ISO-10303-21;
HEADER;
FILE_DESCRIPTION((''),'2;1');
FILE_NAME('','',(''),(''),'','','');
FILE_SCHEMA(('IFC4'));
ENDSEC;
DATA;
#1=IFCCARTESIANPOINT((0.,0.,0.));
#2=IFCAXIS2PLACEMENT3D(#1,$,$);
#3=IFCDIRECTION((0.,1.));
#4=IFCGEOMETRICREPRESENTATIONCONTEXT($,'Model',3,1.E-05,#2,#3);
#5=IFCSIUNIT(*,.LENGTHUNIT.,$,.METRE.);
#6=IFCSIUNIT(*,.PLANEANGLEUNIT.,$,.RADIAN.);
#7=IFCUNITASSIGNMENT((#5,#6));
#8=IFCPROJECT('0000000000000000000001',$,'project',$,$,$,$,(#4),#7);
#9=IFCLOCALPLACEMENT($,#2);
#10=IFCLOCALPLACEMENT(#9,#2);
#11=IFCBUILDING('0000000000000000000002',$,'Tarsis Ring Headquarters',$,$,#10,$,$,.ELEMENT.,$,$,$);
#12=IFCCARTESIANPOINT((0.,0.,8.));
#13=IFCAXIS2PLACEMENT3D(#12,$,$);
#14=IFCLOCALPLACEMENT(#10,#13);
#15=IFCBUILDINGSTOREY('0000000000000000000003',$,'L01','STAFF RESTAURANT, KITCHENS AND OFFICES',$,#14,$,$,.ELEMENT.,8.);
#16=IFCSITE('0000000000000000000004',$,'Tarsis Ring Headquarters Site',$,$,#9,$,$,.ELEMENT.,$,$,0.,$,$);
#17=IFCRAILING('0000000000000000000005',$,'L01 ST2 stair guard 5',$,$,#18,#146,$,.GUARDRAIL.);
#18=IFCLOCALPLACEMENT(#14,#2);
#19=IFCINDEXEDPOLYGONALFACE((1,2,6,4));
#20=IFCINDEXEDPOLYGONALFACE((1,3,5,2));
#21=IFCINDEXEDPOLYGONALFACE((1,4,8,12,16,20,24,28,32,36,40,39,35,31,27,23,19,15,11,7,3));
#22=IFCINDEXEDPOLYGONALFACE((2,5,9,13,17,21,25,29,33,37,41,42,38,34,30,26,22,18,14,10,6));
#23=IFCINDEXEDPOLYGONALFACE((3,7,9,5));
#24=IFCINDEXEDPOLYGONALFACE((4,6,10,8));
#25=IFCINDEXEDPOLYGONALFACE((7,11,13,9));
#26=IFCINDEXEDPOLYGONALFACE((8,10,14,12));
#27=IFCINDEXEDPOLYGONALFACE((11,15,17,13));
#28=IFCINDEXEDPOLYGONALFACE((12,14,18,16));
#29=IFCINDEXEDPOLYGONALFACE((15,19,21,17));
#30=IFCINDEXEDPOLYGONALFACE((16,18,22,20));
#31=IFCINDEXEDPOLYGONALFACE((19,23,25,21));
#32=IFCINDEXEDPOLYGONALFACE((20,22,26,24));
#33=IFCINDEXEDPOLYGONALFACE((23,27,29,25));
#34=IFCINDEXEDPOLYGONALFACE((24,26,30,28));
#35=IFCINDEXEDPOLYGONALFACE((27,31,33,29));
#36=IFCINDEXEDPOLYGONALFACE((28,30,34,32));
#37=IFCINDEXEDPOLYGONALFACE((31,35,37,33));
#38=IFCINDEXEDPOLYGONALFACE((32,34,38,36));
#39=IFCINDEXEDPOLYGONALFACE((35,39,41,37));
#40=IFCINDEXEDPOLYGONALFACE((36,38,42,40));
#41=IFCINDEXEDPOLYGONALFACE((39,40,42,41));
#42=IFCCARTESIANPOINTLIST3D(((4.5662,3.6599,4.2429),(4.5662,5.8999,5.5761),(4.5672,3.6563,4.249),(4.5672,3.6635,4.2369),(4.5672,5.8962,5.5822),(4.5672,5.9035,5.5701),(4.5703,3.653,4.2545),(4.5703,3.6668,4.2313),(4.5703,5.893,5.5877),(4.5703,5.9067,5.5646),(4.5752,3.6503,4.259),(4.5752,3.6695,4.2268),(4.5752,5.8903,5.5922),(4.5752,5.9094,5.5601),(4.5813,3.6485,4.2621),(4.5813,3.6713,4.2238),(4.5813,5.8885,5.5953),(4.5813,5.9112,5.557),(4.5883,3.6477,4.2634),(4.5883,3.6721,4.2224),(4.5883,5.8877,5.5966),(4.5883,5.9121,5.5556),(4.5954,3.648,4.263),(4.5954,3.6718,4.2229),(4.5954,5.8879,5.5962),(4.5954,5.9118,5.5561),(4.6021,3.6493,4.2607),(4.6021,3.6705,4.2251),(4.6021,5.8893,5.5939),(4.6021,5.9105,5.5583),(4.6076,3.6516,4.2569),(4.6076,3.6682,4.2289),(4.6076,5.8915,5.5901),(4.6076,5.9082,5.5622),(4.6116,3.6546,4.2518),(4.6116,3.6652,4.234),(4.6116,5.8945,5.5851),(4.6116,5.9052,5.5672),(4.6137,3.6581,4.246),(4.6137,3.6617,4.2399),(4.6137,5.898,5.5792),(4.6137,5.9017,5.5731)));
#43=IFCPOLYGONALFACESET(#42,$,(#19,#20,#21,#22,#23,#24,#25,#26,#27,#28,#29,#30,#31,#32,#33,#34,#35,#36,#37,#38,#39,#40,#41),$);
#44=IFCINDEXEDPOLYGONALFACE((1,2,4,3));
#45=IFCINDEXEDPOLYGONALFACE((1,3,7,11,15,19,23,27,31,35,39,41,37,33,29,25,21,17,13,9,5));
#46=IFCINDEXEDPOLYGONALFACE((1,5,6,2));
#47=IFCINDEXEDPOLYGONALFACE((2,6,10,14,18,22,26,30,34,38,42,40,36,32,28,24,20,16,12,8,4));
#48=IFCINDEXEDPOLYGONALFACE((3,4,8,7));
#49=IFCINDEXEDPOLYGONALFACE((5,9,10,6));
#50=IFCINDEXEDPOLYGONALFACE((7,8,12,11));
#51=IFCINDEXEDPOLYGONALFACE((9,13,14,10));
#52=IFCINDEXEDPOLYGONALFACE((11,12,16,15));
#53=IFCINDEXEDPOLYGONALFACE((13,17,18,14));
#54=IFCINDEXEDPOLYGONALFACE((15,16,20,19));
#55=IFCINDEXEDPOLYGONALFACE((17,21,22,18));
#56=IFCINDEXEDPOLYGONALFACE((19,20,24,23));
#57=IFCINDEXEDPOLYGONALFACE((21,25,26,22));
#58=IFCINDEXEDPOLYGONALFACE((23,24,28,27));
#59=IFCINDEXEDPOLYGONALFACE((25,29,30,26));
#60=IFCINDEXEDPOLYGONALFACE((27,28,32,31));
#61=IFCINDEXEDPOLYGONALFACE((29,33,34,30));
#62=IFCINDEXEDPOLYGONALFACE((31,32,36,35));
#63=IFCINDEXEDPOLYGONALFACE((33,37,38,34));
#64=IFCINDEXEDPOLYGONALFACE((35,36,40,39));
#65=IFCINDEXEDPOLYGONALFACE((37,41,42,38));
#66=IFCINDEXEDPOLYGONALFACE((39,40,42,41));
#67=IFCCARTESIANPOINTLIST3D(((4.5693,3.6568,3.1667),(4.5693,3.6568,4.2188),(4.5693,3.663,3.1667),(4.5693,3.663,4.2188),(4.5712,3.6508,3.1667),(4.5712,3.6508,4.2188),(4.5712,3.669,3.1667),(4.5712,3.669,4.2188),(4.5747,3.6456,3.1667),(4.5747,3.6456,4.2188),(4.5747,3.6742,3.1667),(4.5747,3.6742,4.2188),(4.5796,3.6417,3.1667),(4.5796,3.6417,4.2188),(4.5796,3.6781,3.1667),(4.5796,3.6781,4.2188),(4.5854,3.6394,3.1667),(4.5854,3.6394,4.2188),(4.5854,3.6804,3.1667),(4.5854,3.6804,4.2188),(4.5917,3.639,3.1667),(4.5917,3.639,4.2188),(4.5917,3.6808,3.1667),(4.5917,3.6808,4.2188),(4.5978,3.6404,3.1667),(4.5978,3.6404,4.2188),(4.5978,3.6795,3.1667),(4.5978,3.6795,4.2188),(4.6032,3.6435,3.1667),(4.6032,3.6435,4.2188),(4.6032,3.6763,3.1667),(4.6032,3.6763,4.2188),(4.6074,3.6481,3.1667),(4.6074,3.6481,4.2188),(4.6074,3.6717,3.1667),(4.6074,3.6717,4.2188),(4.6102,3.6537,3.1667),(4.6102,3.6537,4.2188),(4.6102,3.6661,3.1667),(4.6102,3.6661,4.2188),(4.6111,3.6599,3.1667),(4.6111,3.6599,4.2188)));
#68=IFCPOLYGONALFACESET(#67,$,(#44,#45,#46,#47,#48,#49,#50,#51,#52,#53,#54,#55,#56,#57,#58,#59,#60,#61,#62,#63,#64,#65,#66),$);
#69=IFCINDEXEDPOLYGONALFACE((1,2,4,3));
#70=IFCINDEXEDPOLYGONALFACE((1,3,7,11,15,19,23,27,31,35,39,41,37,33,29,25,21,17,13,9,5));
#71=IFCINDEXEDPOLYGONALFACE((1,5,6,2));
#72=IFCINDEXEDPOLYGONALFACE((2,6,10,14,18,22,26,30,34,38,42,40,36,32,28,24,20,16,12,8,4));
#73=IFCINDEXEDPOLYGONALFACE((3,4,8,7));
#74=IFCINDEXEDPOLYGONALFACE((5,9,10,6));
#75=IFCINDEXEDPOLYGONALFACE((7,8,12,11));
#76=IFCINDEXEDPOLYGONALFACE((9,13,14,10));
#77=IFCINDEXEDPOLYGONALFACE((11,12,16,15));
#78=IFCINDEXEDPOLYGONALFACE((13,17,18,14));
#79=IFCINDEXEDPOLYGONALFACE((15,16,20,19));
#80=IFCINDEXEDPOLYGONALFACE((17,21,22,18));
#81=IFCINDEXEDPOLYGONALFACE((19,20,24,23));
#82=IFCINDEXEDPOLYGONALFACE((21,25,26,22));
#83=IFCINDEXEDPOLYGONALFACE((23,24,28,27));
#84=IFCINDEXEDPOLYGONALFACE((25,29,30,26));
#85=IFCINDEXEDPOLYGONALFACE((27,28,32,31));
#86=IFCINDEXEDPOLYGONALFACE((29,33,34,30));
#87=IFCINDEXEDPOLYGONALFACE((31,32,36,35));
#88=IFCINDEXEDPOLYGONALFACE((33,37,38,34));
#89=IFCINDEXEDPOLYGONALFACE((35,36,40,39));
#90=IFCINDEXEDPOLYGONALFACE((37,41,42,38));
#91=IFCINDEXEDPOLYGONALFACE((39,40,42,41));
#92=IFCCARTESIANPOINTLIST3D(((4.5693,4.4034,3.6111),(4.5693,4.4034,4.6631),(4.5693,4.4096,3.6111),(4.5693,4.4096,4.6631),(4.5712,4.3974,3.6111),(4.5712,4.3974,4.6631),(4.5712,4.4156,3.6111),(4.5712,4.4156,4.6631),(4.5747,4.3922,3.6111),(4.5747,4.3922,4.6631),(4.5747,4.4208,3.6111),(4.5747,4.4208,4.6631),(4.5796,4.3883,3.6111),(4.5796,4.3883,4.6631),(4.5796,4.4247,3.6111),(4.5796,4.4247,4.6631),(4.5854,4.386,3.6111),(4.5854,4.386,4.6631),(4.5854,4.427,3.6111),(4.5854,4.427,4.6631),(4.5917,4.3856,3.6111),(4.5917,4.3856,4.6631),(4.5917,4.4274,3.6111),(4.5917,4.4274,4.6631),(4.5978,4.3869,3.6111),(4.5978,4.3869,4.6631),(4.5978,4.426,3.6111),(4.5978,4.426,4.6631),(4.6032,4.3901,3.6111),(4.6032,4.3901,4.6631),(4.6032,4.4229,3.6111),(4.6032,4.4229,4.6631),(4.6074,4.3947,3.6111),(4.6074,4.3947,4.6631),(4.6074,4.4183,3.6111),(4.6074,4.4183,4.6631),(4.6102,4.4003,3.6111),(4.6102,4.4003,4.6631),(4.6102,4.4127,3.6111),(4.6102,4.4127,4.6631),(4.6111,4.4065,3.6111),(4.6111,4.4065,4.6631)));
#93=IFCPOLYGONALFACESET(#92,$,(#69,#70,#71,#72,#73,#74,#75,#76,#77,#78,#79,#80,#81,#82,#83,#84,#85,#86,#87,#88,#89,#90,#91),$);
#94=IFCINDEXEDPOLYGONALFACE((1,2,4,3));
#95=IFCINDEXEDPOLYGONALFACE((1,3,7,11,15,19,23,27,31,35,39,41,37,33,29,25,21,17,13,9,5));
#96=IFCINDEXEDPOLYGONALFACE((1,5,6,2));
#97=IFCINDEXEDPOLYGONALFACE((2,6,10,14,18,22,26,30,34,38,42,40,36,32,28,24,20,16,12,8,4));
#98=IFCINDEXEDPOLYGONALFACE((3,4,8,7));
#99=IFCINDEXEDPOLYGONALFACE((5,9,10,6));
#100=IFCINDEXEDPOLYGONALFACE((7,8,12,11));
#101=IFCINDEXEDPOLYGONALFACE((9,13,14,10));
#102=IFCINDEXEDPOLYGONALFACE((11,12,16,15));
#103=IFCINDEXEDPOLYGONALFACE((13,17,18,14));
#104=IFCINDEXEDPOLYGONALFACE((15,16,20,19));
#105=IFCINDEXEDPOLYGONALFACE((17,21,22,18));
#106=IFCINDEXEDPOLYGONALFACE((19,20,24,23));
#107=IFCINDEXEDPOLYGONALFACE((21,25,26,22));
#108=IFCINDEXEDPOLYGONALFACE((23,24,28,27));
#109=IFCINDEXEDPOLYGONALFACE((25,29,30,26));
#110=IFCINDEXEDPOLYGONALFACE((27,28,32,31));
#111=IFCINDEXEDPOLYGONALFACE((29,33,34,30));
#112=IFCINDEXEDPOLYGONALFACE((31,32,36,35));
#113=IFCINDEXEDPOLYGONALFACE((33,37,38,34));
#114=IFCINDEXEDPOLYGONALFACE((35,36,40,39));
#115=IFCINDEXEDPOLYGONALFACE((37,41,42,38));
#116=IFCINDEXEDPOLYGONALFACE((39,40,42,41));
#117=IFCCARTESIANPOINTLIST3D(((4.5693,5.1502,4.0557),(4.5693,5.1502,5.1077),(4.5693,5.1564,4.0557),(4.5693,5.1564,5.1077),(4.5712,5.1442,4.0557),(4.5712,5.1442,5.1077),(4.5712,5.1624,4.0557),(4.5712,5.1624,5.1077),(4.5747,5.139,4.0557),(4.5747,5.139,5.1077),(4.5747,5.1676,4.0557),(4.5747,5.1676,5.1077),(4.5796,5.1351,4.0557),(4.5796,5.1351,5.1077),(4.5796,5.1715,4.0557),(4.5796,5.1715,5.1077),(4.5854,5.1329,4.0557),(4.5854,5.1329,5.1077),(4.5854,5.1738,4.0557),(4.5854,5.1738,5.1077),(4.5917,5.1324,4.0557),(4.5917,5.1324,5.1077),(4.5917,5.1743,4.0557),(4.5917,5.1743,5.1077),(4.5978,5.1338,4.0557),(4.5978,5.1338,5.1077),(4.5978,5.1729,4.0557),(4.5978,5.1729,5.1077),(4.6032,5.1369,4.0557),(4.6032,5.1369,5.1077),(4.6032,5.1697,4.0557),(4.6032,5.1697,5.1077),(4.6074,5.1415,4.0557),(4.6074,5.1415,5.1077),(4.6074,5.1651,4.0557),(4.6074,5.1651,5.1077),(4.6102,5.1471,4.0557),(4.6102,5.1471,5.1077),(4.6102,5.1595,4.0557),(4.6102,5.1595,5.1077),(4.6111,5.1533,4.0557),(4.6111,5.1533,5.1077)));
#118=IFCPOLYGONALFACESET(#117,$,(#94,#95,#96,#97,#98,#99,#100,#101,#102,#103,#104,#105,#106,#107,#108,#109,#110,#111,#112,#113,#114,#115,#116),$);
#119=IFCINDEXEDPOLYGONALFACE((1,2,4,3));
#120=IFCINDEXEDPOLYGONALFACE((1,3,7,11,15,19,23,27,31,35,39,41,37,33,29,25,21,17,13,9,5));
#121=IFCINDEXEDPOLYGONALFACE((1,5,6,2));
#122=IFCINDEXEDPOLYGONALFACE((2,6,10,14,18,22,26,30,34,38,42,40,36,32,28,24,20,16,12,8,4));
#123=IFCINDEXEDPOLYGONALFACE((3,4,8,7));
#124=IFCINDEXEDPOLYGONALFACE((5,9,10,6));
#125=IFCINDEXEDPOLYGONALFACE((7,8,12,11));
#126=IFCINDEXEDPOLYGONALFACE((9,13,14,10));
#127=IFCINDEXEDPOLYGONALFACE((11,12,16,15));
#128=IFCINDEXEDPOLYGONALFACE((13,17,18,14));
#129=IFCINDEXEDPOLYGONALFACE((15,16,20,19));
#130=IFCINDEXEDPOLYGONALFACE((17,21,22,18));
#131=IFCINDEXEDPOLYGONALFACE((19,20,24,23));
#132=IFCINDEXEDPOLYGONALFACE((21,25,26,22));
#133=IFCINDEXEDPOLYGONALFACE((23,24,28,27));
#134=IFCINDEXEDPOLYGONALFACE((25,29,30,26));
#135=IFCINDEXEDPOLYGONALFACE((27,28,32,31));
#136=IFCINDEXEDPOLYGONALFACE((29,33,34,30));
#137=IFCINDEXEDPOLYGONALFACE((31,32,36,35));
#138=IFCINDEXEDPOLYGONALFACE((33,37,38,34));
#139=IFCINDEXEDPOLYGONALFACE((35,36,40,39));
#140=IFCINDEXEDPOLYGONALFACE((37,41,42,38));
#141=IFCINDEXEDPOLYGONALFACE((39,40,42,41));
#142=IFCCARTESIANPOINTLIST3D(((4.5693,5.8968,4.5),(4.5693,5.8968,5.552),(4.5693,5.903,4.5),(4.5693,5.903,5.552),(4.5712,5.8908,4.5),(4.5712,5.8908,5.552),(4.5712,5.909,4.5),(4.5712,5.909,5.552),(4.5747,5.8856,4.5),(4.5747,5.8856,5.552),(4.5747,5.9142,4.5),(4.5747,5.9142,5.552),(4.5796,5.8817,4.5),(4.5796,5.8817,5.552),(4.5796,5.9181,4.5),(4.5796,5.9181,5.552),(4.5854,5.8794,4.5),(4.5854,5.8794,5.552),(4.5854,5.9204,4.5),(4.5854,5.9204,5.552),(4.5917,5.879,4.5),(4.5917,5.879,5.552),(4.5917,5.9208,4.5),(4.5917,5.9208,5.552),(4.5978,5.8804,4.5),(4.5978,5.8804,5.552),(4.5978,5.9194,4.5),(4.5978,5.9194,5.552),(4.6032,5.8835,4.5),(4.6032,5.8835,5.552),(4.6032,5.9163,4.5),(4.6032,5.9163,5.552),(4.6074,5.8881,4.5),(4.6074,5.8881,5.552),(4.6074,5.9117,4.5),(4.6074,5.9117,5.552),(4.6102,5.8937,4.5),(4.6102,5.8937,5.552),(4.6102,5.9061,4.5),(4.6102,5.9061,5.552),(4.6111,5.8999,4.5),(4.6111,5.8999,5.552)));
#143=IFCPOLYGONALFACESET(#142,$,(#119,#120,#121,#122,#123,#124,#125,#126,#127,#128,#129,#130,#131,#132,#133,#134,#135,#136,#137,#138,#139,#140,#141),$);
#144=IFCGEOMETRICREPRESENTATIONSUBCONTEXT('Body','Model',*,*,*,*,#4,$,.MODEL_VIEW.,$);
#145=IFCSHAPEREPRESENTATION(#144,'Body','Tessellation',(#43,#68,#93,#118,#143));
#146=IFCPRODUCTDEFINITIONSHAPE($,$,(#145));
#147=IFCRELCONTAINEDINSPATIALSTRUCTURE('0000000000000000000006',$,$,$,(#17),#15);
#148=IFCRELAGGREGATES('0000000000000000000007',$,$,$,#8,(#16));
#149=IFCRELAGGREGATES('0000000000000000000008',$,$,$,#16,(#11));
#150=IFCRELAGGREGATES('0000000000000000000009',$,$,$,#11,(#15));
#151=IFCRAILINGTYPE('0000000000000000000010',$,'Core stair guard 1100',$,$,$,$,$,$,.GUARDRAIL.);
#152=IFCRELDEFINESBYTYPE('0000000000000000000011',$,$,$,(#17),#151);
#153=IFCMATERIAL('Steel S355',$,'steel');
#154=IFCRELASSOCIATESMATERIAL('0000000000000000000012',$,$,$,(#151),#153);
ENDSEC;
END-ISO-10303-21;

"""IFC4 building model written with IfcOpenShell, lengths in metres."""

from ifc_helpers import new_model, si_unit, direction, frame, origin, origin_2d, place, context, subcontext, project, spatial, circle, extrude, material, type_object, element, save


model = new_model("IFC4")

# Units and contexts
model_context = context("Model", 3, precision=1e-05, world=origin(), true_north=direction((0.0, 1.0)))
body_context = subcontext(model_context, "Body", "Model", "MODEL_VIEW")
ifc_project = project(units=[si_unit("LENGTHUNIT", "METRE"), si_unit("PLANEANGLEUNIT", "RADIAN")], contexts=[model_context])

# Site, building, storey
site_placement = place(None, origin())
site = spatial("IfcSite", under=ifc_project, at=site_placement, Name="Tarsis Ring Headquarters Site", CompositionType="ELEMENT", RefElevation=0.0)
building_placement = place(site_placement, origin())
building = spatial("IfcBuilding", under=site, at=building_placement, Name="Tarsis Ring Headquarters", CompositionType="ELEMENT")
storey_placement = place(building_placement, frame((0.0, 0.0, 8.0)))
storey = spatial("IfcBuildingStorey", under=building, at=storey_placement, Name="L01", Description="STAFF RESTAURANT, KITCHENS AND OFFICES", CompositionType="ELEMENT", Elevation=8.0)

# Railing
ifc_material_1 = material(Name="Steel S355", Category="steel")
railing_type_1 = type_object("IfcRailingType", Name="Core stair guard 1100", PredefinedType="GUARDRAIL", material=ifc_material_1)
railing_1_placement = place(storey_placement, frame((4.5901, 3.6599, 3.1667)))
element("IfcRailing", 1, at=railing_1_placement, inside=storey, type_object=railing_type_1, Name="L01 ST2 stair guard 5", PredefinedType="GUARDRAIL", context=body_context, shape_type="SweptSolid", body=[
    extrude(circle(Radius=0.0239, at=origin_2d()), frame((0.0, 0.0, 1.0762), z_axis=(0.0, 0.859306, 0.511462), x_axis=(-1.0, 0.0, 0.0)), (0.0, 0.0, 1.0), 2.6067),
    extrude(circle(Radius=0.021, at=origin_2d()), origin(), (0.0, 0.0, 1.0), 1.052),
    extrude(circle(Radius=0.021, at=origin_2d()), frame((0.0, 0.7466, 0.4443)), (0.0, 0.0, 1.0), 1.052),
    extrude(circle(Radius=0.021, at=origin_2d()), frame((0.0, 1.4934, 0.8889)), (0.0, 0.0, 1.0), 1.052),
    extrude(circle(Radius=0.021, at=origin_2d()), frame((0.0, 2.24, 1.3333)), (0.0, 0.0, 1.0), 1.052),
])

save(model, "model.ifc")
